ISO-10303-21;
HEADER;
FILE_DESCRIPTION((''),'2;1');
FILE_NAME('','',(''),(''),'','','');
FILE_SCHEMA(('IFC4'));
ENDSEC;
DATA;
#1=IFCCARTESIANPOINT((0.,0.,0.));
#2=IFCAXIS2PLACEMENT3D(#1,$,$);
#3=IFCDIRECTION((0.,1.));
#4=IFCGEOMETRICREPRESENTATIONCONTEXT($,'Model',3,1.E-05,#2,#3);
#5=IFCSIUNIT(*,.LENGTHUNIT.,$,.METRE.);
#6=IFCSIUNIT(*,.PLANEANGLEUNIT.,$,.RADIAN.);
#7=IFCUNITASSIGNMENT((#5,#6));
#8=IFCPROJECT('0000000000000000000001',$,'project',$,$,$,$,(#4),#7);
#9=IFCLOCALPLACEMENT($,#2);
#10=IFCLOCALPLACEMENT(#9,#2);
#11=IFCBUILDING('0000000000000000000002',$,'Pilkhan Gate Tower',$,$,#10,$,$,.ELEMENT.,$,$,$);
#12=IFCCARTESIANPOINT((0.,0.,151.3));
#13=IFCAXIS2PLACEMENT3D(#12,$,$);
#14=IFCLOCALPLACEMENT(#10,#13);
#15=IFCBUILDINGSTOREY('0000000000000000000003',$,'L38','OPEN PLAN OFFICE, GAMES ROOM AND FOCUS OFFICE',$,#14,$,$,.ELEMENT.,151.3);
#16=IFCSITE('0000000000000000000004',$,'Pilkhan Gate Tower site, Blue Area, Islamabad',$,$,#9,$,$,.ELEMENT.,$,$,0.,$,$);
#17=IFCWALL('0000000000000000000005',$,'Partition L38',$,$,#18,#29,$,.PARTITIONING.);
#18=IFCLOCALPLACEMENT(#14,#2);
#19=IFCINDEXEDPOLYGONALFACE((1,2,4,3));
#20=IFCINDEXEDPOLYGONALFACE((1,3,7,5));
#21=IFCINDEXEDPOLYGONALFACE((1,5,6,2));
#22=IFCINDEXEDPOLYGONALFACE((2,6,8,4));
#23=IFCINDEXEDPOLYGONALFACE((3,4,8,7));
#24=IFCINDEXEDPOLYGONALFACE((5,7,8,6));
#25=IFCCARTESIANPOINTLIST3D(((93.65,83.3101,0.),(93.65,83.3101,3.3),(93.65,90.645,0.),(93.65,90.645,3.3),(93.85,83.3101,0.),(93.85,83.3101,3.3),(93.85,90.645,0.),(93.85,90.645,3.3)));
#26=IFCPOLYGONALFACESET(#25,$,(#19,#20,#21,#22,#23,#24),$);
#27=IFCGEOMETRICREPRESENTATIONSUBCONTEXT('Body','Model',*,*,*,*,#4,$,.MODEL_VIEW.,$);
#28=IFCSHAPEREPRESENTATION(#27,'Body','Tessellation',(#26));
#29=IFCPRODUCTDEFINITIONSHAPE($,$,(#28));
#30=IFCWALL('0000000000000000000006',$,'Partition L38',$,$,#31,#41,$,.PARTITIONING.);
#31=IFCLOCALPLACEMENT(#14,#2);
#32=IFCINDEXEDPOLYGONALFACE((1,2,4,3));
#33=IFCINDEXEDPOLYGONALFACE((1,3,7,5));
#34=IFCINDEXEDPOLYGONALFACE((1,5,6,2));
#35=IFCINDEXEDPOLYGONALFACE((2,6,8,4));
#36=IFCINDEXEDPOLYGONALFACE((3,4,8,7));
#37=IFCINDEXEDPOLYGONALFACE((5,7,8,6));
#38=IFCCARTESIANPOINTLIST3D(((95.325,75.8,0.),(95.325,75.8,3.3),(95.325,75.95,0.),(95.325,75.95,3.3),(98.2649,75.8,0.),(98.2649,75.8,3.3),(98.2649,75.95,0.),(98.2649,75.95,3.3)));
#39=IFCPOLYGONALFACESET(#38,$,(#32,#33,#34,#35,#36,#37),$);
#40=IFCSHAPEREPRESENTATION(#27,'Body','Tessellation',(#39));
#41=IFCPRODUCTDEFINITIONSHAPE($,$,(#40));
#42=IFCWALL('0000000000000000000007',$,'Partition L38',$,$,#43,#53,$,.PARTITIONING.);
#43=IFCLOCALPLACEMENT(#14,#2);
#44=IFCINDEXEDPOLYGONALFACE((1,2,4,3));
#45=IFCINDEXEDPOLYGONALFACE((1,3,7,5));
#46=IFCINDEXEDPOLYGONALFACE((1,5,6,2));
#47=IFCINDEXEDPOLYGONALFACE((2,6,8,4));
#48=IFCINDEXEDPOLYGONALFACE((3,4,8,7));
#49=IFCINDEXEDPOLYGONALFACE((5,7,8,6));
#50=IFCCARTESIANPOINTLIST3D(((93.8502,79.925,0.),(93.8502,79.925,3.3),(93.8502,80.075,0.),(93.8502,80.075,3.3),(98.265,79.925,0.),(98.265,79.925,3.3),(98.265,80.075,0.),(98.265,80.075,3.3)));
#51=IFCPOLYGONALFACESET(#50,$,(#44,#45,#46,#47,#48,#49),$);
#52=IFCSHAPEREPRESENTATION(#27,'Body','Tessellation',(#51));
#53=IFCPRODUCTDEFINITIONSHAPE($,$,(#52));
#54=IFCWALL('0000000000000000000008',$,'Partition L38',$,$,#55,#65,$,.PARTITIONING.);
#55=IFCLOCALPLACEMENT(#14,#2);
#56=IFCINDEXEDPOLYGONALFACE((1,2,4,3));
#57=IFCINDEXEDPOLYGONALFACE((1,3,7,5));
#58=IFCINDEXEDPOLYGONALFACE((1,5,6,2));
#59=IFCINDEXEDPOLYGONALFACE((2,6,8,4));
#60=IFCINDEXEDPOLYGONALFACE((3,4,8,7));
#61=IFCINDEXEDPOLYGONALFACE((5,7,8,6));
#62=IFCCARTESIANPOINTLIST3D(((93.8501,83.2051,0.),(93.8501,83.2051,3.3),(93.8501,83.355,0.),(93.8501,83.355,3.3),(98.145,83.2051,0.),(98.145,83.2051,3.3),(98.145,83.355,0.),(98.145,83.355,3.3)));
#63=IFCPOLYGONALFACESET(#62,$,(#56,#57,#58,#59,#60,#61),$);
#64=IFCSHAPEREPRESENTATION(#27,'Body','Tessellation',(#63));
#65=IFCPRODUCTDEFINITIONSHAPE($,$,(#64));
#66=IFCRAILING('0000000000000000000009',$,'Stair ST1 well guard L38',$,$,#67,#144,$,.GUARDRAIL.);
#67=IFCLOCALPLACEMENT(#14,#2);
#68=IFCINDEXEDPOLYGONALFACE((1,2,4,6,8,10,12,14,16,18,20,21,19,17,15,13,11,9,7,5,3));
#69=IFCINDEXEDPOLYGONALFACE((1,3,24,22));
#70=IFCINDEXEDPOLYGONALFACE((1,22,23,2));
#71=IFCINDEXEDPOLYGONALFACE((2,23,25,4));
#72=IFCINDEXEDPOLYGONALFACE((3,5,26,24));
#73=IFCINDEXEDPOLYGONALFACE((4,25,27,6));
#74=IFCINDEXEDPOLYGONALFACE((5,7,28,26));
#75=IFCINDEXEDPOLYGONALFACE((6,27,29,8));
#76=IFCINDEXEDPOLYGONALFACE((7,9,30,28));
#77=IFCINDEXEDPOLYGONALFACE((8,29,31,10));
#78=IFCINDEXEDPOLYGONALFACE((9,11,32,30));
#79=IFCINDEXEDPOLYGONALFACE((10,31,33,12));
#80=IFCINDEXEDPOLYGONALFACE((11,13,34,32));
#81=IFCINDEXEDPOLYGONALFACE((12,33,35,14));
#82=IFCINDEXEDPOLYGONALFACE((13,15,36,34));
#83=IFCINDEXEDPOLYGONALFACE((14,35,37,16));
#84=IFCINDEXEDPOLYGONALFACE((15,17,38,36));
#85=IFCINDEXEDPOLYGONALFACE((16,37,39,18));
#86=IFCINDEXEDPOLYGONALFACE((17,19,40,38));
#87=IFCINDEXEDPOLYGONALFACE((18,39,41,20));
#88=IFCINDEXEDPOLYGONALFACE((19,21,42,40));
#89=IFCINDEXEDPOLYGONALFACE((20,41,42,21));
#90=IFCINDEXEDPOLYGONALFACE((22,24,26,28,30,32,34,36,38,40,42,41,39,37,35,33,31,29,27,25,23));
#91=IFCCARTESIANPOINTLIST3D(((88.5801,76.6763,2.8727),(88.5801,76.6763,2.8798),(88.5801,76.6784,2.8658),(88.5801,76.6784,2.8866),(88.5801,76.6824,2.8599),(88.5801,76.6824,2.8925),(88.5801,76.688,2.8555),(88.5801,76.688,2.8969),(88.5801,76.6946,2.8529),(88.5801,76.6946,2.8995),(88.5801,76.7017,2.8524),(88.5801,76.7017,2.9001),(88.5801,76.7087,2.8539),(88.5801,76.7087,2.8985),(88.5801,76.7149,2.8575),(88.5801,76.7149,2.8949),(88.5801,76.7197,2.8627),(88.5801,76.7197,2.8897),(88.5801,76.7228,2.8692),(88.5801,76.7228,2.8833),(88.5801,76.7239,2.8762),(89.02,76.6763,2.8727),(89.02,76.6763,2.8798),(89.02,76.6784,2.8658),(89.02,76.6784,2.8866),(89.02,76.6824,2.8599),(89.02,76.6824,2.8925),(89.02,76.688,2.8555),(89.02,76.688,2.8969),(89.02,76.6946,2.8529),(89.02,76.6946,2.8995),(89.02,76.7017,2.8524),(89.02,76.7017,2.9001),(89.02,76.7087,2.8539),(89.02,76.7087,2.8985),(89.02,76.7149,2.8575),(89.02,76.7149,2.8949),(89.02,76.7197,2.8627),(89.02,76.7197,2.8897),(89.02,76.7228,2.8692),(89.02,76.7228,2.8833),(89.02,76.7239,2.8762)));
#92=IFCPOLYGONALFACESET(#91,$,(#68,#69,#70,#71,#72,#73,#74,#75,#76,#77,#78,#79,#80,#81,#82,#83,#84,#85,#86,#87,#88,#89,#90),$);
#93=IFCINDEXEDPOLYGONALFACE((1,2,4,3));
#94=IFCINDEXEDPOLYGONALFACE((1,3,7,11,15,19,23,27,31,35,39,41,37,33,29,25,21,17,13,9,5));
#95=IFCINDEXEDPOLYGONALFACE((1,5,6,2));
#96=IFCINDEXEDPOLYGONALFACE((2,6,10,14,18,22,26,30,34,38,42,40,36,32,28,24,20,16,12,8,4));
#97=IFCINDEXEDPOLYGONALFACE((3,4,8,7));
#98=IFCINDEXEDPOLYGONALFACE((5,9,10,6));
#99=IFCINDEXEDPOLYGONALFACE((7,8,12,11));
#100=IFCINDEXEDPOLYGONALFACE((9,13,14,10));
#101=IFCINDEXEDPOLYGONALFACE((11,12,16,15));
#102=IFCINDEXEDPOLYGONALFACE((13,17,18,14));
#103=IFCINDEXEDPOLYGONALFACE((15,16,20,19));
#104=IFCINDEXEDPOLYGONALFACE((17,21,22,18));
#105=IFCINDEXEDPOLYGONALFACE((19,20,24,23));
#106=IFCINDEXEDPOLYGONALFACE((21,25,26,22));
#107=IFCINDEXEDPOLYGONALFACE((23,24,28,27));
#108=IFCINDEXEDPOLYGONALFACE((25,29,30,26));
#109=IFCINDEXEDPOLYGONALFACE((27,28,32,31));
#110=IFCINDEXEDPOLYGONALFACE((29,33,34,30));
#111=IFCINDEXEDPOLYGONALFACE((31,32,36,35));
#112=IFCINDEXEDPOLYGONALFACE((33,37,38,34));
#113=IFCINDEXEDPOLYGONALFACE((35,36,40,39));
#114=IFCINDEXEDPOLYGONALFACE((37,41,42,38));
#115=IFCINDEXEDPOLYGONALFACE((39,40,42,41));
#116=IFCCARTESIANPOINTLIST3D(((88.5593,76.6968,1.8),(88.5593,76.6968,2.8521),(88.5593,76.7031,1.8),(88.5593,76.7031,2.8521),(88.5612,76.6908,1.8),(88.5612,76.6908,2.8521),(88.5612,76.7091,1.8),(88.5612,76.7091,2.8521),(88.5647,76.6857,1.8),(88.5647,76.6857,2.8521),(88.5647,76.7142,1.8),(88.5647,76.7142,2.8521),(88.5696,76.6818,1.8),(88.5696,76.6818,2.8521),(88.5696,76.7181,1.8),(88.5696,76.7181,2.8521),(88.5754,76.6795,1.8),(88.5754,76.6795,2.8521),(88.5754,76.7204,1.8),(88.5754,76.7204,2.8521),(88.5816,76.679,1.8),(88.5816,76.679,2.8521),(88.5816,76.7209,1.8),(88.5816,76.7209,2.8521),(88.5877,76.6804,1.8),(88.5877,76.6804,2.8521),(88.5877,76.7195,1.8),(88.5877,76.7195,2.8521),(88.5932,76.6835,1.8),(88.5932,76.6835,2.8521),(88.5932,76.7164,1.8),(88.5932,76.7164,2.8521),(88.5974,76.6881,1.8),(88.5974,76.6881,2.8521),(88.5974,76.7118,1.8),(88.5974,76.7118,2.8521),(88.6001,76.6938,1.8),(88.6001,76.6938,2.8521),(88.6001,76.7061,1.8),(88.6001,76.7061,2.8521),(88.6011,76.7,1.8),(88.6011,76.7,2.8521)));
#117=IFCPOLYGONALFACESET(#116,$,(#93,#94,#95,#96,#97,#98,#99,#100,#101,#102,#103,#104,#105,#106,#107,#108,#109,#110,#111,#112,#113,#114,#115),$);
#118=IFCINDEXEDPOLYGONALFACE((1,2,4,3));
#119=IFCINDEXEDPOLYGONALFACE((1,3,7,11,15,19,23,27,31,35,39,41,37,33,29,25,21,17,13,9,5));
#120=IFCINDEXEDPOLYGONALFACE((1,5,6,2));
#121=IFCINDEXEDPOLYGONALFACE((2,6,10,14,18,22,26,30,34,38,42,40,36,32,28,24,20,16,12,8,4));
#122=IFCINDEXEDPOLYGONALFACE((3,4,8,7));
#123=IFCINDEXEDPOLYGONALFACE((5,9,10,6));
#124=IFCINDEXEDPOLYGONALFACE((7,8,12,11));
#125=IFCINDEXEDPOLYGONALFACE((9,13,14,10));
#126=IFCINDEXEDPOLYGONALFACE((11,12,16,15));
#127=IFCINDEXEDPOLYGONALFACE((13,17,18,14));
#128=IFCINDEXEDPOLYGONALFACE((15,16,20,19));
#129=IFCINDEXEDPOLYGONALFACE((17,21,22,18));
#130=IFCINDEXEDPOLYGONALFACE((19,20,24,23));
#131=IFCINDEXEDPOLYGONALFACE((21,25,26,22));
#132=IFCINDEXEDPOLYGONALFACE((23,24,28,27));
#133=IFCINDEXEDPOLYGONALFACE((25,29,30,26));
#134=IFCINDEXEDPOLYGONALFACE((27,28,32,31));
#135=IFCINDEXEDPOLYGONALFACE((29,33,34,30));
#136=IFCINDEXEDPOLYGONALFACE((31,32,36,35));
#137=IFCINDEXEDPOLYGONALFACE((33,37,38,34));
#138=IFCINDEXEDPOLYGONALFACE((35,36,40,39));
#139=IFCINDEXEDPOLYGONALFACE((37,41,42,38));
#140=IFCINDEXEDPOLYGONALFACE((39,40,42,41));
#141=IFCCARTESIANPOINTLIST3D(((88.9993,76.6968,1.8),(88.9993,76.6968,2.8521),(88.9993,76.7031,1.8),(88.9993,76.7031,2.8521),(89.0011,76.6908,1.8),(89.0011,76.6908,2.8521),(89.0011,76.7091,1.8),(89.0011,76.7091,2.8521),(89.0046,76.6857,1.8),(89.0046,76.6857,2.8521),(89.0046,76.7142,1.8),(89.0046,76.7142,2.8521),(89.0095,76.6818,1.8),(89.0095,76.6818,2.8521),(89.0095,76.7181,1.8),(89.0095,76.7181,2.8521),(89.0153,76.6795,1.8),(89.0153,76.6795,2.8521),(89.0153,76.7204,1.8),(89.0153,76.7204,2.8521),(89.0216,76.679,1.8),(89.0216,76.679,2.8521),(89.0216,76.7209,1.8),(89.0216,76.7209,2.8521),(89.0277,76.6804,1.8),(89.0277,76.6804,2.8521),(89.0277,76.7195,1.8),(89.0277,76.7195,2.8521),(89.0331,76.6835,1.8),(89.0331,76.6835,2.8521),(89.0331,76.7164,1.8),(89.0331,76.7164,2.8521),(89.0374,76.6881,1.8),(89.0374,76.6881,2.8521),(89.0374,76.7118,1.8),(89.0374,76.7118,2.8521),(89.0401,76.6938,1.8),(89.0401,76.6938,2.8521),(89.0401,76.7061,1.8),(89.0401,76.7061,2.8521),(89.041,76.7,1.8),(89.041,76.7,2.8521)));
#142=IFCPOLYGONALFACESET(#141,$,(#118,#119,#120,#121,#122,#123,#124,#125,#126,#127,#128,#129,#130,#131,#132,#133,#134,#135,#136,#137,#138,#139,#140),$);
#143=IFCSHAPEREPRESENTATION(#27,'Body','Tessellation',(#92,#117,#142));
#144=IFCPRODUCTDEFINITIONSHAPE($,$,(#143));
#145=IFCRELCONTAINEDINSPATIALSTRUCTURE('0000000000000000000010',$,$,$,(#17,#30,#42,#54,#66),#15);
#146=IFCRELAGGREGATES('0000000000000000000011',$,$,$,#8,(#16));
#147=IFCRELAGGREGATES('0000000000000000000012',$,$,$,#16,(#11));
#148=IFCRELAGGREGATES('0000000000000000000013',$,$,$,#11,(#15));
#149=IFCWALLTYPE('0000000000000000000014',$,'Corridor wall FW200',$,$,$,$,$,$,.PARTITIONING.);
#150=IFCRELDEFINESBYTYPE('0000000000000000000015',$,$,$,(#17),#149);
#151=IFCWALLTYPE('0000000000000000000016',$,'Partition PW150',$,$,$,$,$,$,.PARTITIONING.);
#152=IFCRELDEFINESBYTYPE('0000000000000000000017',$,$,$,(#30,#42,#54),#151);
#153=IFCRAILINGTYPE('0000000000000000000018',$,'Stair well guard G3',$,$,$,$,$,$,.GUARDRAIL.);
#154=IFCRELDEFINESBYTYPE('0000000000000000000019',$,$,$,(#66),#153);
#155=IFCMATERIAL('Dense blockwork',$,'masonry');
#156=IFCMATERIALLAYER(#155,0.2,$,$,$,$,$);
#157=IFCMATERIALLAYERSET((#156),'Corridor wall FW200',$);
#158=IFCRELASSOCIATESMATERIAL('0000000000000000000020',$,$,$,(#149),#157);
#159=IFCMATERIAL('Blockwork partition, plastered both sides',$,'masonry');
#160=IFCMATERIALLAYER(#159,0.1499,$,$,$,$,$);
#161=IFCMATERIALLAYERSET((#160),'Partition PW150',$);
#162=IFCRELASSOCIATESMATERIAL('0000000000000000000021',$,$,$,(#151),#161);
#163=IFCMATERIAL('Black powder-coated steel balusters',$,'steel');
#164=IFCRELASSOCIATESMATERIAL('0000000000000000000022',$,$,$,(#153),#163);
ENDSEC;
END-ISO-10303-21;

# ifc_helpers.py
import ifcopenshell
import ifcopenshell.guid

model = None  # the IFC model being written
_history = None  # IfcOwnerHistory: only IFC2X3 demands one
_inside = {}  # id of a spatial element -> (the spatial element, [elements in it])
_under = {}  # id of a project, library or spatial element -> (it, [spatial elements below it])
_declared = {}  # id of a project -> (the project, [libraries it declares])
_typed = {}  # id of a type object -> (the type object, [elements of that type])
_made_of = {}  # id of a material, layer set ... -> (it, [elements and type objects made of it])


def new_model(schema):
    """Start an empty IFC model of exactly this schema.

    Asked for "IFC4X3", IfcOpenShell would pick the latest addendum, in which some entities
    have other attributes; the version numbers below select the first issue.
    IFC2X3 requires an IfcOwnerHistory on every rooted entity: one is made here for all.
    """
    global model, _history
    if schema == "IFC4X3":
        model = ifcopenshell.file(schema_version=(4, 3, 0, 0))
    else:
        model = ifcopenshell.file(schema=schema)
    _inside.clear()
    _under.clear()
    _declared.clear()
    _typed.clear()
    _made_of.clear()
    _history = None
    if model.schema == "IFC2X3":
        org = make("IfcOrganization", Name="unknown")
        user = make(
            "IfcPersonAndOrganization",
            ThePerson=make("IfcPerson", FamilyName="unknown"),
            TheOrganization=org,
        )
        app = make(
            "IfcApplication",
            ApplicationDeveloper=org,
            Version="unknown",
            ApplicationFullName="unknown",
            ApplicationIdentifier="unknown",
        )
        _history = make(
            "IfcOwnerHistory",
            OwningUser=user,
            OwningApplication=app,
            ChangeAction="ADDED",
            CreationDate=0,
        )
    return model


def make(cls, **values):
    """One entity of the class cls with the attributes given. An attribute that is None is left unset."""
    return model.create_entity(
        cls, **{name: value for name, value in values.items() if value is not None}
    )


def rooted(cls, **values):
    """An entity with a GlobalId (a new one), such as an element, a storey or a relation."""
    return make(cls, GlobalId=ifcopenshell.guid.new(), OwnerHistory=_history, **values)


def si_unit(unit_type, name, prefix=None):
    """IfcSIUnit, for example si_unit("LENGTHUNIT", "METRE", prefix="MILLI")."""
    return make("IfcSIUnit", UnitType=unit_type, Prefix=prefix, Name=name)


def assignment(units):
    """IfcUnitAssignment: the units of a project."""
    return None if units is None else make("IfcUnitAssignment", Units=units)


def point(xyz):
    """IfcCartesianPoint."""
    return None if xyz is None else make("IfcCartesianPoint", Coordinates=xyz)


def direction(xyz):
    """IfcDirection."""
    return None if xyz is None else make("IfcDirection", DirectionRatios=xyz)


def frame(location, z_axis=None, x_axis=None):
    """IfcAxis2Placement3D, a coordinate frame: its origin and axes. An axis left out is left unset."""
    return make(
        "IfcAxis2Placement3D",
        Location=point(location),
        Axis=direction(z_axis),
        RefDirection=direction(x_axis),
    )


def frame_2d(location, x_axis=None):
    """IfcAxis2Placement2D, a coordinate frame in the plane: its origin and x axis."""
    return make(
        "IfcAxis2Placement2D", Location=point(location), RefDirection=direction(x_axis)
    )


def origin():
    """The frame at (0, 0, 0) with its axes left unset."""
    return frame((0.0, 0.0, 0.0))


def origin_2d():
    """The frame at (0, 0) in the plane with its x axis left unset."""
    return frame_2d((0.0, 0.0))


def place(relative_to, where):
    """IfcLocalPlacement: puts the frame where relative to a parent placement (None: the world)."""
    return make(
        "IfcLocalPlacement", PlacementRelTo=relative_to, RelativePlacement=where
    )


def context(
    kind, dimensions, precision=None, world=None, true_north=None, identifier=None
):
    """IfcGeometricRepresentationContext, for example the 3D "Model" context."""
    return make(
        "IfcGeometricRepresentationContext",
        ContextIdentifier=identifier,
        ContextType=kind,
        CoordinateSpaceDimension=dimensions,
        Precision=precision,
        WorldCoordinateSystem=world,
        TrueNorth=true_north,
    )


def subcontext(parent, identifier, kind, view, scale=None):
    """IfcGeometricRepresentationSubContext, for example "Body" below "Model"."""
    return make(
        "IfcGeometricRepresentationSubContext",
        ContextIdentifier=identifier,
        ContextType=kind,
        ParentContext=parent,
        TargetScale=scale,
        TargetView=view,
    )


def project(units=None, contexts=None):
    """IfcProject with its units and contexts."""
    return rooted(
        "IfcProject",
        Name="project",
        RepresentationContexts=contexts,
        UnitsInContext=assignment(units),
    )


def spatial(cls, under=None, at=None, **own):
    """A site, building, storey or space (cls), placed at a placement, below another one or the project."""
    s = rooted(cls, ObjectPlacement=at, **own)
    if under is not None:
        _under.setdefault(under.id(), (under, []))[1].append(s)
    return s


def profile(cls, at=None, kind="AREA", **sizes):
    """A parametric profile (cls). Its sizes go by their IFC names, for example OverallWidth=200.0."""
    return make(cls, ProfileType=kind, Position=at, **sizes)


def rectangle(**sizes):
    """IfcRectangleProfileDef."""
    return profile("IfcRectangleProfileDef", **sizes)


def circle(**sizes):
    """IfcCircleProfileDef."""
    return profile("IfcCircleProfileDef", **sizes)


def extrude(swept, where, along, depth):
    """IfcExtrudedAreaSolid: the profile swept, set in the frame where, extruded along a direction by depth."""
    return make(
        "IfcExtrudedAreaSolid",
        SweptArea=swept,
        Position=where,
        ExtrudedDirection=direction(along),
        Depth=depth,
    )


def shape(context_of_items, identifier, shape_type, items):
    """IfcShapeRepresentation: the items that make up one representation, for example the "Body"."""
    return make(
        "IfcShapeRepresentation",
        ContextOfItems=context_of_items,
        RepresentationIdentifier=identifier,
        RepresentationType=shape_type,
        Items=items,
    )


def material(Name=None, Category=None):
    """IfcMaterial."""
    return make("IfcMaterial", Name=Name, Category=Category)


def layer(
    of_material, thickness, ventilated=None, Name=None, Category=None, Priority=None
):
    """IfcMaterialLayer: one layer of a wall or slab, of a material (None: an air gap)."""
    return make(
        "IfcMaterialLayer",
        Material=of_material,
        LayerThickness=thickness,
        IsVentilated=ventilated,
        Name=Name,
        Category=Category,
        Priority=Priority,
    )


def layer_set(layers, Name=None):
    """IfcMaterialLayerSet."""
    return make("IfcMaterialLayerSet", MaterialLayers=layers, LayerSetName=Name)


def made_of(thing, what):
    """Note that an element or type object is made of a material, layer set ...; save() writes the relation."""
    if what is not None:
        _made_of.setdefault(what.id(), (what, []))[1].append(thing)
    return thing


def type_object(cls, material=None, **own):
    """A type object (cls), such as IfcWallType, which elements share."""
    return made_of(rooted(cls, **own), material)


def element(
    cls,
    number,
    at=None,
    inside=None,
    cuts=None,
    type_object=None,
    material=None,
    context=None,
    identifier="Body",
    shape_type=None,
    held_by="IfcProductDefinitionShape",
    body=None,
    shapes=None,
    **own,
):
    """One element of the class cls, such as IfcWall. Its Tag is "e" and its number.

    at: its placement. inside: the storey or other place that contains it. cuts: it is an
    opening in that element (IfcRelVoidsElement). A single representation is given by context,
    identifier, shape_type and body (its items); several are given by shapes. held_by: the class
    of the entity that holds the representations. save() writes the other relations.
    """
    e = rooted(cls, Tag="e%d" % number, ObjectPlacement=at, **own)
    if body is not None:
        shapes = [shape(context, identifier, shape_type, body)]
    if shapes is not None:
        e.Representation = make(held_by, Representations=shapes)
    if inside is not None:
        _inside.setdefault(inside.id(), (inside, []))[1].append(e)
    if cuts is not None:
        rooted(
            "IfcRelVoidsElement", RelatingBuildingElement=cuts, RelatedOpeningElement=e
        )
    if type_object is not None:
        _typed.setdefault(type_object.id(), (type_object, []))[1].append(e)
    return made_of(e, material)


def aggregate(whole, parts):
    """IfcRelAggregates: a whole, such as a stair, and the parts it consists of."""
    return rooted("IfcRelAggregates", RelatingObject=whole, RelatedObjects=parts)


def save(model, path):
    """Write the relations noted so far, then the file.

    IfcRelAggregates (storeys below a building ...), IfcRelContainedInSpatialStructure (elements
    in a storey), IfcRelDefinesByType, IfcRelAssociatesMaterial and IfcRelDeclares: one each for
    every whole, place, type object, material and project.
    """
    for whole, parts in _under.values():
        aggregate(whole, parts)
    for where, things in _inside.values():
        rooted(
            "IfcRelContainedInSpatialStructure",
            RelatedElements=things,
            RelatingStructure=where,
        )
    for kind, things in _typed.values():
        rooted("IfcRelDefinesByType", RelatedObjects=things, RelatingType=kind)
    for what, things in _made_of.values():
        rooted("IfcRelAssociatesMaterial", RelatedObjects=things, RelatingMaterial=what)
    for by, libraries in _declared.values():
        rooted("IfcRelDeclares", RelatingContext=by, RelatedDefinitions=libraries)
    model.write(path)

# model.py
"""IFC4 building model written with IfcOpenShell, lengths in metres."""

from ifc_helpers import new_model, si_unit, direction, frame, frame_2d, origin, origin_2d, place, context, subcontext, project, spatial, rectangle, circle, extrude, material, layer, layer_set, type_object, element, save


model = new_model("IFC4")

# Units and contexts
model_context = context("Model", 3, precision=1e-05, world=origin(), true_north=direction((0.0, 1.0)))
body_context = subcontext(model_context, "Body", "Model", "MODEL_VIEW")
ifc_project = project(units=[si_unit("LENGTHUNIT", "METRE"), si_unit("PLANEANGLEUNIT", "RADIAN")], contexts=[model_context])

# Site, building, storey
site_placement = place(None, origin())
site = spatial("IfcSite", under=ifc_project, at=site_placement, Name="Pilkhan Gate Tower site, Blue Area, Islamabad", CompositionType="ELEMENT", RefElevation=0.0)
building_placement = place(site_placement, origin())
building = spatial("IfcBuilding", under=site, at=building_placement, Name="Pilkhan Gate Tower", CompositionType="ELEMENT")
storey_placement = place(building_placement, frame((0.0, 0.0, 151.3)))
storey = spatial("IfcBuildingStorey", under=building, at=storey_placement, Name="L38", Description="OPEN PLAN OFFICE, GAMES ROOM AND FOCUS OFFICE", CompositionType="ELEMENT", Elevation=151.3)

# Walls
ifc_material_1 = material(Name="Dense blockwork", Category="masonry")
ifc_layer_1 = layer(ifc_material_1, 0.2)
ifc_layer_set_1 = layer_set([ifc_layer_1], Name="Corridor wall FW200")
wall_type_1 = type_object("IfcWallType", Name="Corridor wall FW200", PredefinedType="PARTITIONING", material=ifc_layer_set_1)
wall_1_placement = place(storey_placement, frame((93.75, 83.3101, 0.0), z_axis=(0.0, 0.0, 1.0), x_axis=(0.0, 1.0, 0.0)))
element("IfcWall", 1, at=wall_1_placement, inside=storey, type_object=wall_type_1, Name="Partition L38", PredefinedType="PARTITIONING", context=body_context, shape_type="SweptSolid", body=[
    extrude(rectangle(XDim=7.335, YDim=0.2, at=frame_2d((3.6675, 0.0))), origin(), (0.0, 0.0, 1.0), 3.3),
])
ifc_material_2 = material(Name="Blockwork partition, plastered both sides", Category="masonry")
ifc_layer_2 = layer(ifc_material_2, 0.1499)
ifc_layer_set_2 = layer_set([ifc_layer_2], Name="Partition PW150")
wall_type_2 = type_object("IfcWallType", Name="Partition PW150", PredefinedType="PARTITIONING", material=ifc_layer_set_2)
wall_2_placement = place(storey_placement, frame((95.325, 75.875, 0.0), z_axis=(0.0, 0.0, 1.0), x_axis=(1.0, 0.0, 0.0)))
element("IfcWall", 2, at=wall_2_placement, inside=storey, type_object=wall_type_2, Name="Partition L38", PredefinedType="PARTITIONING", context=body_context, shape_type="SweptSolid", body=[
    extrude(rectangle(XDim=2.9399, YDim=0.1499, at=frame_2d((1.47, 0.0))), origin(), (0.0, 0.0, 1.0), 3.3),
])
wall_3_placement = place(storey_placement, frame((93.8501, 80.0, 0.0), z_axis=(0.0, 0.0, 1.0), x_axis=(1.0, 0.0, 0.0)))
element("IfcWall", 3, at=wall_3_placement, inside=storey, type_object=wall_type_2, Name="Partition L38", PredefinedType="PARTITIONING", context=body_context, shape_type="SweptSolid", body=[
    extrude(rectangle(XDim=4.4148, YDim=0.1499, at=frame_2d((2.2075, 0.0))), origin(), (0.0, 0.0, 1.0), 3.3),
])
wall_4_placement = place(storey_placement, frame((93.8501, 83.28, 0.0), z_axis=(0.0, 0.0, 1.0), x_axis=(1.0, 0.0, 0.0)))
element("IfcWall", 4, at=wall_4_placement, inside=storey, type_object=wall_type_2, Name="Partition L38", PredefinedType="PARTITIONING", context=body_context, shape_type="SweptSolid", body=[
    extrude(rectangle(XDim=4.2949, YDim=0.1499, at=frame_2d((2.1475, 0.0))), origin(), (0.0, 0.0, 1.0), 3.3),
])

# Railing
ifc_material_3 = material(Name="Black powder-coated steel balusters", Category="steel")
railing_type = type_object("IfcRailingType", Name="Stair well guard G3", PredefinedType="GUARDRAIL", material=ifc_material_3)
for number, where, name in (
    (5, (88.5801, 76.7, 1.8), "Stair ST1 well guard L38"),
):
    element("IfcRailing", number, at=place(storey_placement, frame(where)), inside=storey, type_object=railing_type, Name=name, PredefinedType="GUARDRAIL", context=body_context, shape_type="SweptSolid", body=[
        extrude(circle(Radius=0.0239, at=origin_2d()), frame((0.0, 0.0, 1.0762), z_axis=(1.0, 0.0, 0.0), x_axis=(0.0, 1.0, 0.0)), (0.0, 0.0, 1.0), 0.4399),
        extrude(circle(Radius=0.021, at=origin_2d()), origin(), (0.0, 0.0, 1.0), 1.052),
        extrude(circle(Radius=0.021, at=origin_2d()), frame((0.4399, 0.0, 0.0)), (0.0, 0.0, 1.0), 1.052),
    ])

save(model, "model.ifc")
